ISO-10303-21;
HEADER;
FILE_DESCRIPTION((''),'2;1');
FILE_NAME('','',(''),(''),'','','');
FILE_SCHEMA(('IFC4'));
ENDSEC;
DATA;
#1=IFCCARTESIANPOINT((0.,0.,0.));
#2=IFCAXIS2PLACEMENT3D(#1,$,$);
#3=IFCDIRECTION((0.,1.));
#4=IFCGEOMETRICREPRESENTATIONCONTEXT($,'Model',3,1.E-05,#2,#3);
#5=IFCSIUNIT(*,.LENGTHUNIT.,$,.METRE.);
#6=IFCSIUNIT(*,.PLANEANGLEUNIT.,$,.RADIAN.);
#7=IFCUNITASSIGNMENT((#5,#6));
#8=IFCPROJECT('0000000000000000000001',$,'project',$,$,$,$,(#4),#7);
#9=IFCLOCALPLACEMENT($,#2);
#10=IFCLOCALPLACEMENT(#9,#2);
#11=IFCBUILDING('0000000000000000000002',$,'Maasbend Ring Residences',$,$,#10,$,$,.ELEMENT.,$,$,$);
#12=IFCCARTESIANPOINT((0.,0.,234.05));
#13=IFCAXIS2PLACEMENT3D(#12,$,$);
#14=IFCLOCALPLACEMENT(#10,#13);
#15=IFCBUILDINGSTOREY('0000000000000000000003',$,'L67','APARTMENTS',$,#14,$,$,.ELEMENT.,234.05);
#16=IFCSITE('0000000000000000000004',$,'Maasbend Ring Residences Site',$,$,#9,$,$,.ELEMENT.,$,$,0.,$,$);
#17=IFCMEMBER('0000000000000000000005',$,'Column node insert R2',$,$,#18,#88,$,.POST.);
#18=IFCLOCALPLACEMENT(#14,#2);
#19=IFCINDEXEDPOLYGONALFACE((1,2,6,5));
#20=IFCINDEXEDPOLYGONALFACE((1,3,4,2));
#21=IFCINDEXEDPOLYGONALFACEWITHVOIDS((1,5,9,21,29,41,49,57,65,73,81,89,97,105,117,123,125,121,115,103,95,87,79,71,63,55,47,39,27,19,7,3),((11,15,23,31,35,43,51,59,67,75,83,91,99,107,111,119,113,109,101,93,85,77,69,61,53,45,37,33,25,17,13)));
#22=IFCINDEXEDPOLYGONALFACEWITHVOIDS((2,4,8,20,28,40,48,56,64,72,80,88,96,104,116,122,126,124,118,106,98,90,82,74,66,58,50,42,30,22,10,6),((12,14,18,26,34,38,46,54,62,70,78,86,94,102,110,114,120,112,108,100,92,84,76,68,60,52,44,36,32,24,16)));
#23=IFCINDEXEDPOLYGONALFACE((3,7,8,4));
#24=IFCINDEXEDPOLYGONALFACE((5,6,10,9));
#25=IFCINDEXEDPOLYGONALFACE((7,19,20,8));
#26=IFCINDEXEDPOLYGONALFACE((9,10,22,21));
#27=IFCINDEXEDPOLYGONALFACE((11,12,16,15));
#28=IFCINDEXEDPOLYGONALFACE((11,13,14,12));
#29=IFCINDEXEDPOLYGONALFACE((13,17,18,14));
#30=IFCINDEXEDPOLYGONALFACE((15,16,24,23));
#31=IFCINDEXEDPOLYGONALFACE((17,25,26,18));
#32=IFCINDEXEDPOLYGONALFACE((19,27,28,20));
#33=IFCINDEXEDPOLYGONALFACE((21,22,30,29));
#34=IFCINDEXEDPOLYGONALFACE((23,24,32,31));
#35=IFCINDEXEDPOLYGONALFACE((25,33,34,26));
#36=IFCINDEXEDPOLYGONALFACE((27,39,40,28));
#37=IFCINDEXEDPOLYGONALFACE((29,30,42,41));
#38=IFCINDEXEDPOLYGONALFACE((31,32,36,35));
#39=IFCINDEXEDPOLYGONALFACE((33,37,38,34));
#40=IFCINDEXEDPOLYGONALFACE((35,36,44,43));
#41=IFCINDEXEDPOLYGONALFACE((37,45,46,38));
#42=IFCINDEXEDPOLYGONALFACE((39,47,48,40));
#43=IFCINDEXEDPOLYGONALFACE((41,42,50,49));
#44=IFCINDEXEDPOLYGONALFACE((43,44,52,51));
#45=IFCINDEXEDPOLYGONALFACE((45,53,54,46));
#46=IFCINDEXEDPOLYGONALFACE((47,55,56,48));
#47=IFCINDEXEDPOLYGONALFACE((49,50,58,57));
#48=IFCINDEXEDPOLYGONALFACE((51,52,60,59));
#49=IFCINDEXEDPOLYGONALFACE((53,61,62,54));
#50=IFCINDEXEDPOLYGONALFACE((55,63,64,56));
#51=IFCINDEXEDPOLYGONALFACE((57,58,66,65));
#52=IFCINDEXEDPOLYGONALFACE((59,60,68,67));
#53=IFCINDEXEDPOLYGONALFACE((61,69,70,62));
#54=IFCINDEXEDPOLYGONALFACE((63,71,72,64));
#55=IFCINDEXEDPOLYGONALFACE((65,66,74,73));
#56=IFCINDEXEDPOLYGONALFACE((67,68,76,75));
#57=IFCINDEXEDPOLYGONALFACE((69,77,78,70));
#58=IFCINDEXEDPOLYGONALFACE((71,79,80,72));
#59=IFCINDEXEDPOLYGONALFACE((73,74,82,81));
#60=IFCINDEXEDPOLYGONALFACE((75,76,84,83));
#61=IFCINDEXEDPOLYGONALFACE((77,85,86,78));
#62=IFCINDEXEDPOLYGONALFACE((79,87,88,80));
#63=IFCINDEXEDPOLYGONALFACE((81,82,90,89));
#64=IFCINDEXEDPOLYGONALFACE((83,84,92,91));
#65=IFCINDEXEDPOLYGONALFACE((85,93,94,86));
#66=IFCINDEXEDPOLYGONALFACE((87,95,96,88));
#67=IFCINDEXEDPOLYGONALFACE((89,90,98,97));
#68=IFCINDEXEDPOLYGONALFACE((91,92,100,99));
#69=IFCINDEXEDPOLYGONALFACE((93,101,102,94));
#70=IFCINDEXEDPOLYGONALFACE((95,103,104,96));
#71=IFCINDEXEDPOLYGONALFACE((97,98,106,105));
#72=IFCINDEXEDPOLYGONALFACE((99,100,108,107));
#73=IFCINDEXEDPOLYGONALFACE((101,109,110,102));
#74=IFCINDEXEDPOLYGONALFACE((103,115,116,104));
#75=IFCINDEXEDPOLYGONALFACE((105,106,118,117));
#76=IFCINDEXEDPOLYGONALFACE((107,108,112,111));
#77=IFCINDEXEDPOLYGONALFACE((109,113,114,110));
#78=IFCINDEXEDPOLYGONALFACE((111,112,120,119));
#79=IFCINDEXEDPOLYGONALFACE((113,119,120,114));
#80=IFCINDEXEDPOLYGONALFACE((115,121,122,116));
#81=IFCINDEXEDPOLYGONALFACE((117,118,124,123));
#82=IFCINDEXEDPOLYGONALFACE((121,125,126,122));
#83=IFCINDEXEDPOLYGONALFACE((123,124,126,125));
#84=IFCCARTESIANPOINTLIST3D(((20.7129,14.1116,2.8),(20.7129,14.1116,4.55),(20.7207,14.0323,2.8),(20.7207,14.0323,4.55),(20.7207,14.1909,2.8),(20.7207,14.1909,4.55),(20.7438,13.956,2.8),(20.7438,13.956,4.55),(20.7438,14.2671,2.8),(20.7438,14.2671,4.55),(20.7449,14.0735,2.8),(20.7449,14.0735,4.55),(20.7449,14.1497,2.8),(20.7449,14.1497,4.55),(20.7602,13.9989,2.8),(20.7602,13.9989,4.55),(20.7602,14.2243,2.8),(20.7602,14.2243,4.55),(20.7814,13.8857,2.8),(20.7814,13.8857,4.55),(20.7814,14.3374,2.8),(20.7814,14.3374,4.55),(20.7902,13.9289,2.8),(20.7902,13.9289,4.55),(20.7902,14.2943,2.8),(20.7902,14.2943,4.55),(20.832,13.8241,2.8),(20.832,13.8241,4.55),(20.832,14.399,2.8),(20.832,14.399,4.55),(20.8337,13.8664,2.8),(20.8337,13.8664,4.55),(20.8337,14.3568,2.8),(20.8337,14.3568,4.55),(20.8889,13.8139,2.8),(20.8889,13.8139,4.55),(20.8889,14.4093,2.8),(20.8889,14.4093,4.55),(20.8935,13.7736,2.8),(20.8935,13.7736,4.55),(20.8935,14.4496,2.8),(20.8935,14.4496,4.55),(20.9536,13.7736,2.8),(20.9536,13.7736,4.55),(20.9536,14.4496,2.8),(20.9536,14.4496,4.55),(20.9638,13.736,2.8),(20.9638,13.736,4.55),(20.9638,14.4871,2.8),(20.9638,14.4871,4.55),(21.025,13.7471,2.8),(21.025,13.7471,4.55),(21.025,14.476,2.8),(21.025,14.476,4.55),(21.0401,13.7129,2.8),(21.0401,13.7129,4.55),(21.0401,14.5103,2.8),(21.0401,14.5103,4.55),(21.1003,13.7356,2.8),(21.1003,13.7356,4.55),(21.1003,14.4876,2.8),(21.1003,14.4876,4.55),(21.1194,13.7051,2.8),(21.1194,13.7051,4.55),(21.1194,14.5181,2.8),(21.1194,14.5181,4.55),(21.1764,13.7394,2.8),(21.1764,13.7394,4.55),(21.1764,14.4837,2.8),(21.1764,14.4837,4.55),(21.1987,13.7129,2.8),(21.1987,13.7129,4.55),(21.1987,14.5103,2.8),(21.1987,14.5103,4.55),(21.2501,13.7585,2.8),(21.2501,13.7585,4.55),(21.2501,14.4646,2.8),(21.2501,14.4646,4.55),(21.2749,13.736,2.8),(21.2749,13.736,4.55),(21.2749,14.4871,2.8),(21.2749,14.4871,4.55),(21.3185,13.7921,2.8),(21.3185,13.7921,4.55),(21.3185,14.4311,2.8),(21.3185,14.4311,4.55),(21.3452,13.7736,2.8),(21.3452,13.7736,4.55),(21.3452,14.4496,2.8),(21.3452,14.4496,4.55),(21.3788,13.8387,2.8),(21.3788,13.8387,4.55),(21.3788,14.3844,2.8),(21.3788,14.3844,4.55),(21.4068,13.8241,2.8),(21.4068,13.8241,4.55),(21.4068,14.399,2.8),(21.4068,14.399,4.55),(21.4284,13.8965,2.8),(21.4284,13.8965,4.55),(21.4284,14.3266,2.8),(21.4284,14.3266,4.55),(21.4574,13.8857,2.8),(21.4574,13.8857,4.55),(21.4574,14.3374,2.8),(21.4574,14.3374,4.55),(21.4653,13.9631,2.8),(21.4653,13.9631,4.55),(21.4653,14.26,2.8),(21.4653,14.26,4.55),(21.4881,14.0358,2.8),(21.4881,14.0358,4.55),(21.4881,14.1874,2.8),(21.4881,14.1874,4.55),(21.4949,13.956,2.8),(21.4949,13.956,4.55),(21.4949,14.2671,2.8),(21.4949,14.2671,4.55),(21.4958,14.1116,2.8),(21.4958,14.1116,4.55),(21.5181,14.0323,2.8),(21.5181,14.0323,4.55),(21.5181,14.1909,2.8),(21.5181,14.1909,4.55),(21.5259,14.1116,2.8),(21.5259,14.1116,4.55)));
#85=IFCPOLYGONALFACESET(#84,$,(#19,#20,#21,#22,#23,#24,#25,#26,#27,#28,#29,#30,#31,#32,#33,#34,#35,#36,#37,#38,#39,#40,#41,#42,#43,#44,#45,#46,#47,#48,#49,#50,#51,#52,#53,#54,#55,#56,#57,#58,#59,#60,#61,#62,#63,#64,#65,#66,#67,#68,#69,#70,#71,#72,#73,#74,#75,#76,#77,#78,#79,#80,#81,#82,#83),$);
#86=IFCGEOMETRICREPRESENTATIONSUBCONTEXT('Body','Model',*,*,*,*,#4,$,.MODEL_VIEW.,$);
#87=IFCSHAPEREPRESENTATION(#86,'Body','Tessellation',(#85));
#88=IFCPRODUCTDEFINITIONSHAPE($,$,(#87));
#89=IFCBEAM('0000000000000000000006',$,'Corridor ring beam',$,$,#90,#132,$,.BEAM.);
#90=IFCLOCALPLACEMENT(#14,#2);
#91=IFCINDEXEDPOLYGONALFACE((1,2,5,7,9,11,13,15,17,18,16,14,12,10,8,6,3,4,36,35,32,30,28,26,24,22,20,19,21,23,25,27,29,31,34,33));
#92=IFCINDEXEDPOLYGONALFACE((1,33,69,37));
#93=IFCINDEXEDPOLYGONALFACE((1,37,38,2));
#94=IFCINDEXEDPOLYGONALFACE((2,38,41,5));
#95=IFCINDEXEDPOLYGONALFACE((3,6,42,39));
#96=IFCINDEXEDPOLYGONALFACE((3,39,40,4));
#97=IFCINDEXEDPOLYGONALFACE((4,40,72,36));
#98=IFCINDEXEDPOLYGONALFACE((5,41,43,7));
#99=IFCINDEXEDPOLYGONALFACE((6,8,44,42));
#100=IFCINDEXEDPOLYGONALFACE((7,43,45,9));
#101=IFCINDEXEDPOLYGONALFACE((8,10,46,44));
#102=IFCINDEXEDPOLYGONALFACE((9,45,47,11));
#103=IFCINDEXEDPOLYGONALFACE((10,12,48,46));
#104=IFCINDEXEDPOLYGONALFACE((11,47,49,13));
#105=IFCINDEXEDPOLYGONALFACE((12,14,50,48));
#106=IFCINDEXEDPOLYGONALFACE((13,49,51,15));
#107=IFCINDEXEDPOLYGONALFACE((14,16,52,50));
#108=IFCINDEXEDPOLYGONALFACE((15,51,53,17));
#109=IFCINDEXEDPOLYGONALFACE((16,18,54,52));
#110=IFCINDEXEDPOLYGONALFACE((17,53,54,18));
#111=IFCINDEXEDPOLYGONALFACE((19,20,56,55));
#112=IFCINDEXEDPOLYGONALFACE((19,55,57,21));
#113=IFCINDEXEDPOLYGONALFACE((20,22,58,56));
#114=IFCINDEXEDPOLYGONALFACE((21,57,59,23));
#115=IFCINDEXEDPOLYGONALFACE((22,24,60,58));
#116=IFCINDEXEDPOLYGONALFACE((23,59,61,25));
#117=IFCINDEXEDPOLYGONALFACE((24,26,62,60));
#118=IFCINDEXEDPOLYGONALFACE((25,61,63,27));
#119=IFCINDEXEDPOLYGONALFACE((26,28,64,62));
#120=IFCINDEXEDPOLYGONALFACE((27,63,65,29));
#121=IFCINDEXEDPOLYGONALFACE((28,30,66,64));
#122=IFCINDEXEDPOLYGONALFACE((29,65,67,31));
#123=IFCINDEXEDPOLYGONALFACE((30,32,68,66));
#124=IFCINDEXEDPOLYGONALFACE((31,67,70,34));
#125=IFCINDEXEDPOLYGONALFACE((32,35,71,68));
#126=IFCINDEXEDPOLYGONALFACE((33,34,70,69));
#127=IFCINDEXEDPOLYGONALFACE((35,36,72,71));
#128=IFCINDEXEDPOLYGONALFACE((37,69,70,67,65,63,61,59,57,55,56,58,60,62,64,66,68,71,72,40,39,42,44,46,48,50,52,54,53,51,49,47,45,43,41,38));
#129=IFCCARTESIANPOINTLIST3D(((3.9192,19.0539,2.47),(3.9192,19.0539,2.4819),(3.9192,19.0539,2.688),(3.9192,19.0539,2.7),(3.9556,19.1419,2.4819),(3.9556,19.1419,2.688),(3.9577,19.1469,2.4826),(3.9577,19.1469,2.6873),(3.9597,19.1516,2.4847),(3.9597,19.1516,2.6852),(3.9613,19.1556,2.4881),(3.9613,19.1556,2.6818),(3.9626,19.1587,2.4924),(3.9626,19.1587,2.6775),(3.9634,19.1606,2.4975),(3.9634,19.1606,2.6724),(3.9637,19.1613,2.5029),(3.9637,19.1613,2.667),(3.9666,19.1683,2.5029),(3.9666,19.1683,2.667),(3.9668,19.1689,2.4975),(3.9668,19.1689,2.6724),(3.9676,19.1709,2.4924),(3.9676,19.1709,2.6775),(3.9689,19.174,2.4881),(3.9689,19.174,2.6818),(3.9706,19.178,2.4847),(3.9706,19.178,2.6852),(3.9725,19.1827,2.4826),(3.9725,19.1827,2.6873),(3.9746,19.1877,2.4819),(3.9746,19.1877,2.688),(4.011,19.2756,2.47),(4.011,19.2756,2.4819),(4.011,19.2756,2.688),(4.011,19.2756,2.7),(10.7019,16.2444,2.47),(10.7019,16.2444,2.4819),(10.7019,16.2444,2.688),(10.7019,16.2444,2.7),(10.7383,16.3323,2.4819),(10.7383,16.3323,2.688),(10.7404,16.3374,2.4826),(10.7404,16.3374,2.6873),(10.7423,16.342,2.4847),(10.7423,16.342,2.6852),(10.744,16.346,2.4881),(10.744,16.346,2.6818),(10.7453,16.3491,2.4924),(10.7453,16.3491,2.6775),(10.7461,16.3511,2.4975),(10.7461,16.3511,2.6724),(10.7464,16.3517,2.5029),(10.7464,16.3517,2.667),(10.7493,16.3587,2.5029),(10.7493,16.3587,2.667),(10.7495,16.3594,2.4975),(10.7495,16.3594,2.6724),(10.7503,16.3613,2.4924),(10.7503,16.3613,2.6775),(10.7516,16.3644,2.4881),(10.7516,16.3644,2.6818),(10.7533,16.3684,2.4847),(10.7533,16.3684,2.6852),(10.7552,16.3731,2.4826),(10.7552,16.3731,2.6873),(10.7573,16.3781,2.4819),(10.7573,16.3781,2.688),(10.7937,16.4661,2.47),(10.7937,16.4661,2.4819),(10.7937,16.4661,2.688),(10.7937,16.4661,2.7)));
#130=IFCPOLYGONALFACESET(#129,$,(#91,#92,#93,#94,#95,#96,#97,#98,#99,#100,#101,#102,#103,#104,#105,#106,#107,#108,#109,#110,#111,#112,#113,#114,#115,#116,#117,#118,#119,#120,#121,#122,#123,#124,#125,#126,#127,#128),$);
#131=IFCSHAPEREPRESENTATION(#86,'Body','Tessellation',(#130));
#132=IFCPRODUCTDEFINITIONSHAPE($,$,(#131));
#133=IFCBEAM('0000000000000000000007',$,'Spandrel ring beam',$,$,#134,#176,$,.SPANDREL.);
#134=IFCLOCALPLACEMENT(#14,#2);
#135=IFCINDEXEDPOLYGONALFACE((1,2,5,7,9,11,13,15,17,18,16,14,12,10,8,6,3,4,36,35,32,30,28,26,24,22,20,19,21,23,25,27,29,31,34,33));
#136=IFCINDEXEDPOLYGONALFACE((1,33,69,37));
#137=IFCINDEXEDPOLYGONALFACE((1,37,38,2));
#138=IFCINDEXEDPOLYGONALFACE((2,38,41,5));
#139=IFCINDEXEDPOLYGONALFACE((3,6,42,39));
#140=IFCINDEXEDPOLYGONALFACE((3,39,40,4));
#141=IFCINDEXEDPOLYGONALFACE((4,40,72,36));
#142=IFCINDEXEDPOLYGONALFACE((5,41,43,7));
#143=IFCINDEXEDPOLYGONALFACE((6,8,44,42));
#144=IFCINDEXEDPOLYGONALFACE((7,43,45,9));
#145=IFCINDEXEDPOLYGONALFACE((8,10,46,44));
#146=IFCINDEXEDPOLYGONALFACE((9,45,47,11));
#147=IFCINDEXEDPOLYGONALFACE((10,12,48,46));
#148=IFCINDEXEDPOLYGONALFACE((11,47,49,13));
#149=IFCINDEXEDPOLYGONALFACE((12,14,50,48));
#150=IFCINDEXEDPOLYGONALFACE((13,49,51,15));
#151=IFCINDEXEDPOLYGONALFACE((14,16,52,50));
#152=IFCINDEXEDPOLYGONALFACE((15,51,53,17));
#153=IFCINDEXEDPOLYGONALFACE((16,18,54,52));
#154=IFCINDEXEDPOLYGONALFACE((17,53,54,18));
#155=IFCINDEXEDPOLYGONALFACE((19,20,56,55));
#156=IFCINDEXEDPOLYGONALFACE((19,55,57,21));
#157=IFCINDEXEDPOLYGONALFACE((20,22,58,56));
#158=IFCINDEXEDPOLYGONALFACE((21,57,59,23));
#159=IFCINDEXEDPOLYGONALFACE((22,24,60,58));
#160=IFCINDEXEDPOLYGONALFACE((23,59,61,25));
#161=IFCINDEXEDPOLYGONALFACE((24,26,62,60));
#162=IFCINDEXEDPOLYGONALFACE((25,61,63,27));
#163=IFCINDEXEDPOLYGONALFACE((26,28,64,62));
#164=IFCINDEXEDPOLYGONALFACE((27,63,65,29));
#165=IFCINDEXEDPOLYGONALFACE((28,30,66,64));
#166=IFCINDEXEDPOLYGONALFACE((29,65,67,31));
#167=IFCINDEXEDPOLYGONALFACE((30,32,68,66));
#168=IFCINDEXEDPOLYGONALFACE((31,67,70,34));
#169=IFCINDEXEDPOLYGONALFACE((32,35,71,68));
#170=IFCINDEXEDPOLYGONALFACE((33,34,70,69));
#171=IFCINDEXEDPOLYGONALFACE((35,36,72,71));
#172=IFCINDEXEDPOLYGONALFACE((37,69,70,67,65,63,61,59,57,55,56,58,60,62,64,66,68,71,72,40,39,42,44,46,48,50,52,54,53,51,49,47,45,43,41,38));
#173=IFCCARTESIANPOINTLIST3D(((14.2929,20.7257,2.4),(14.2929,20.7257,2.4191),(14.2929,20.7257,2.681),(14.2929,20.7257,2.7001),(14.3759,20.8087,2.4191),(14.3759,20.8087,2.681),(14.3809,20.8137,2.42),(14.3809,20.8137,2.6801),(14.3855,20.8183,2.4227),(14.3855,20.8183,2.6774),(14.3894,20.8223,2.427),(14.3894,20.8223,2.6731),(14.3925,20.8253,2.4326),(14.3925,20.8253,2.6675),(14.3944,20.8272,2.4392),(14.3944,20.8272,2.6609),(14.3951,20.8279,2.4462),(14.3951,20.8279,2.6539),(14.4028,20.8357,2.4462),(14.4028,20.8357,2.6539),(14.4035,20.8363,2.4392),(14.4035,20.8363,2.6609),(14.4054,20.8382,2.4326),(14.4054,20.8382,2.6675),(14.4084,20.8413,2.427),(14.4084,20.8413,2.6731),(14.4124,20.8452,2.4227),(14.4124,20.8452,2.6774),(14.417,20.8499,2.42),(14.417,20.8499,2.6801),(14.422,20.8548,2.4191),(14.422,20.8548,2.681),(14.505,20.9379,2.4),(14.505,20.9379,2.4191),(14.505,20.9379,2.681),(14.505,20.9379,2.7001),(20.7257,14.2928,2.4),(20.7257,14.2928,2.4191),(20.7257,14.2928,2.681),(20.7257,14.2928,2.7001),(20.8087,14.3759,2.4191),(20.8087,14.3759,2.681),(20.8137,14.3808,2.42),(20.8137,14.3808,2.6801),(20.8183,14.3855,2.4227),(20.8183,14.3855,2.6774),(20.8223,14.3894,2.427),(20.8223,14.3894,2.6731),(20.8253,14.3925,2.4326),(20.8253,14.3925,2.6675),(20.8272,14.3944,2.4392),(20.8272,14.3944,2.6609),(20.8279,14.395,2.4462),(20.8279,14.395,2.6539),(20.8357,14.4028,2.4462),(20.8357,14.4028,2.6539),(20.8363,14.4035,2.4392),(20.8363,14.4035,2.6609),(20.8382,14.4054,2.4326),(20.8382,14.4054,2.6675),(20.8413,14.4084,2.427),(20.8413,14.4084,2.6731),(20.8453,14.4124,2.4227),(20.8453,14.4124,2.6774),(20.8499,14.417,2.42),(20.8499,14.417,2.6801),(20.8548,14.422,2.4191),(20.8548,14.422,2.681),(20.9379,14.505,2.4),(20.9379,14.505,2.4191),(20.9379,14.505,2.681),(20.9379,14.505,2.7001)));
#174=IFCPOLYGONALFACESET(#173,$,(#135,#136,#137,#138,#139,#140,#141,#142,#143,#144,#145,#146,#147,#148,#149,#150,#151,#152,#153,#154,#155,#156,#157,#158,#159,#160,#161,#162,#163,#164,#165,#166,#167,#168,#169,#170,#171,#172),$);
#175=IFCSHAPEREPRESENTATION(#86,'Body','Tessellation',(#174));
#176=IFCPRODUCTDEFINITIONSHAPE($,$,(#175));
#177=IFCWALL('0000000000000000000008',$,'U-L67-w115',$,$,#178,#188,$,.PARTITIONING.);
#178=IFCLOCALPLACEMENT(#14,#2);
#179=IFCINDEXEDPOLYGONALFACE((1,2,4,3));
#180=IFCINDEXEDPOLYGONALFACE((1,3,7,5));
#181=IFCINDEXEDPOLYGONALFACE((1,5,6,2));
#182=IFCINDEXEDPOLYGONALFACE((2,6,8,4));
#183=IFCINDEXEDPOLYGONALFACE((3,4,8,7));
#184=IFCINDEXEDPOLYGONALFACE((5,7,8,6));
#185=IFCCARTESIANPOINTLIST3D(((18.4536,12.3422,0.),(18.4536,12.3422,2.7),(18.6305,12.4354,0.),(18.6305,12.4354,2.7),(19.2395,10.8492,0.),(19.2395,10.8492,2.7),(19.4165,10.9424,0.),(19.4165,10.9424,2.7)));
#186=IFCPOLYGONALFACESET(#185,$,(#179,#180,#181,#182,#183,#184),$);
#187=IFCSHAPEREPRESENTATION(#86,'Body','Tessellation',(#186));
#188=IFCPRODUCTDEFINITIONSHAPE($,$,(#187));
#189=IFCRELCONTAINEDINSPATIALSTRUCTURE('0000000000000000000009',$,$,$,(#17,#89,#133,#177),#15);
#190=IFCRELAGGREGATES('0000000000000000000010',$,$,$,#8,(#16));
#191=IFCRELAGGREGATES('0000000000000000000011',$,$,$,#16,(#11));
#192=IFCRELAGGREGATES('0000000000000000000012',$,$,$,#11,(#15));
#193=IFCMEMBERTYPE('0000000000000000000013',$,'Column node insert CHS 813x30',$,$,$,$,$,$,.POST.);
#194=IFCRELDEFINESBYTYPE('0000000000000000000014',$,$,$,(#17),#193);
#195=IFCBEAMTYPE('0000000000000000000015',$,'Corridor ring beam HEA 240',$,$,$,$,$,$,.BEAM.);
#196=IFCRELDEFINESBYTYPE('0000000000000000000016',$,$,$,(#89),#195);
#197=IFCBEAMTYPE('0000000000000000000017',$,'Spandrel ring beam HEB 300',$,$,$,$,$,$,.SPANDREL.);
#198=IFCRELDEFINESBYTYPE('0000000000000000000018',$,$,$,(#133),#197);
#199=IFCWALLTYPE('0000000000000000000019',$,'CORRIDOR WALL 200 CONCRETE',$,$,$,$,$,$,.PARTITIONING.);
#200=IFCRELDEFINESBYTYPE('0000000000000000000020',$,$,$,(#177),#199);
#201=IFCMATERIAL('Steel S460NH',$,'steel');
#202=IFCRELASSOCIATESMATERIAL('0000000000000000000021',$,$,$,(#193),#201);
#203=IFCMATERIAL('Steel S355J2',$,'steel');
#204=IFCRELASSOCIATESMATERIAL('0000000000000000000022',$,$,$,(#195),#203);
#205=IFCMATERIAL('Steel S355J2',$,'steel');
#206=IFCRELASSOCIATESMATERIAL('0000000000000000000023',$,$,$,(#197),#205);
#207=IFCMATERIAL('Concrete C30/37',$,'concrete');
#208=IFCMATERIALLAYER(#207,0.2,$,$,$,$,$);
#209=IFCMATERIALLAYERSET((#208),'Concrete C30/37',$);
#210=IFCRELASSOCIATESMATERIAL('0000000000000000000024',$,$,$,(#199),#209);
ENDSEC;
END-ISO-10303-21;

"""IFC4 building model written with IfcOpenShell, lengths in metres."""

from ifc_helpers import new_model, si_unit, direction, frame, frame_2d, origin, origin_2d, place, context, subcontext, project, spatial, rectangle, hollow_circle, i_section, extrude, material, layer, layer_set, material_profile, profile_set, type_object, element, save


model = new_model("IFC4")

# Units and contexts
model_context = context("Model", 3, precision=1e-05, world=origin(), true_north=direction((0.0, 1.0)))
body_context = subcontext(model_context, "Body", "Model", "MODEL_VIEW")
ifc_project = project(units=[si_unit("LENGTHUNIT", "METRE"), si_unit("PLANEANGLEUNIT", "RADIAN")], contexts=[model_context])

# Site, building, storey
site_placement = place(None, origin())
site = spatial("IfcSite", under=ifc_project, at=site_placement, Name="Maasbend Ring Residences Site", CompositionType="ELEMENT", RefElevation=0.0)
building_placement = place(site_placement, origin())
building = spatial("IfcBuilding", under=site, at=building_placement, Name="Maasbend Ring Residences", CompositionType="ELEMENT")
storey_placement = place(building_placement, frame((0.0, 0.0, 234.05)))
storey = spatial("IfcBuildingStorey", under=building, at=storey_placement, Name="L67", Description="APARTMENTS", CompositionType="ELEMENT", Elevation=234.05)

# Member
ifc_material_1 = material(Name="Steel S460NH", Category="steel")
ifc_material_profile_1 = material_profile(ifc_material_1, hollow_circle(Radius=0.4065, WallThickness=0.03, at=origin_2d()), Name="Column node insert CHS 813x30")
ifc_profile_set_1 = profile_set([ifc_material_profile_1], Name="Steel S460NH")
member_type = type_object("IfcMemberType", Name="Column node insert CHS 813x30", PredefinedType="POST", material=ifc_profile_set_1)
member_placement = place(storey_placement, frame((21.1194, 14.1116, 2.8), z_axis=(0.0, 0.0, 1.0), x_axis=(1.0, 0.0, 0.0)))
element("IfcMember", 1, at=member_placement, inside=storey, type_object=member_type, Name="Column node insert R2", PredefinedType="POST", context=body_context, shape_type="SweptSolid", body=[
    extrude(hollow_circle(Radius=0.4065, WallThickness=0.03, at=origin_2d()), origin(), (0.0, 0.0, 1.0), 1.75),
])

# Beams
ifc_material_2 = material(Name="Steel S355J2", Category="steel")
ifc_material_profile_2 = material_profile(ifc_material_2, i_section(OverallWidth=0.24, OverallDepth=0.23, WebThickness=0.0076, FlangeThickness=0.012, FilletRadius=0.021, at=origin_2d()), Name="HEA 240")
ifc_profile_set_2 = profile_set([ifc_material_profile_2], Name="Steel S355J2")
beam_type_1 = type_object("IfcBeamType", Name="Corridor ring beam HEA 240", PredefinedType="BEAM", material=ifc_profile_set_2)
beam_1_placement = place(storey_placement, frame((10.7478, 16.3552, 2.585), z_axis=(-0.923876, 0.382692, 0.0), x_axis=(-0.382692, -0.923876, 0.0)))
element("IfcBeam", 2, at=beam_1_placement, inside=storey, type_object=beam_type_1, Name="Corridor ring beam", PredefinedType="BEAM", context=body_context, shape_type="SweptSolid", body=[
    extrude(i_section(OverallWidth=0.24, OverallDepth=0.23, WebThickness=0.0076, FlangeThickness=0.012, FilletRadius=0.021, at=origin_2d()), origin(), (0.0, 0.0, 1.0), 7.3416),
])
ifc_material_3 = material(Name="Steel S355J2", Category="steel")
ifc_material_profile_3 = material_profile(ifc_material_3, i_section(OverallWidth=0.3, OverallDepth=0.3, WebThickness=0.011, FlangeThickness=0.019, FilletRadius=0.0271, at=origin_2d()), Name="HEB 300")
ifc_profile_set_3 = profile_set([ifc_material_profile_3], Name="Steel S355J2")
beam_type_2 = type_object("IfcBeamType", Name="Spandrel ring beam HEB 300", PredefinedType="SPANDREL", material=ifc_profile_set_3)
beam_2_placement = place(storey_placement, frame((20.8318, 14.3989, 2.55), z_axis=(-0.707107, 0.707107, 0.0), x_axis=(-0.707107, -0.707107, 0.0)))
element("IfcBeam", 3, at=beam_2_placement, inside=storey, type_object=beam_type_2, Name="Spandrel ring beam", PredefinedType="SPANDREL", context=body_context, shape_type="SweptSolid", body=[
    extrude(i_section(OverallWidth=0.3, OverallDepth=0.3, WebThickness=0.011, FlangeThickness=0.019, FilletRadius=0.0271, at=origin_2d()), origin(), (0.0, 0.0, 1.0), 9.0974),
])

# Wall
ifc_material_4 = material(Name="Concrete C30/37", Category="concrete")
ifc_layer_1 = layer(ifc_material_4, 0.2)
ifc_layer_set_1 = layer_set([ifc_layer_1], Name="Concrete C30/37")
wall_type_1 = type_object("IfcWallType", Name="CORRIDOR WALL 200 CONCRETE", PredefinedType="PARTITIONING", material=ifc_layer_set_1)
wall_1_placement = place(storey_placement, frame((18.542, 12.3889, 0.0), z_axis=(0.0, 0.0, 1.0), x_axis=(0.465812, -0.884884, 0.0)))
element("IfcWall", 4, at=wall_1_placement, inside=storey, type_object=wall_type_1, Name="U-L67-w115", PredefinedType="PARTITIONING", context=body_context, shape_type="SweptSolid", body=[
    extrude(rectangle(XDim=1.6873, YDim=0.2, at=frame_2d((0.8438, 0.0))), origin(), (0.0, 0.0, 1.0), 2.7),
])

save(model, "model.ifc")
